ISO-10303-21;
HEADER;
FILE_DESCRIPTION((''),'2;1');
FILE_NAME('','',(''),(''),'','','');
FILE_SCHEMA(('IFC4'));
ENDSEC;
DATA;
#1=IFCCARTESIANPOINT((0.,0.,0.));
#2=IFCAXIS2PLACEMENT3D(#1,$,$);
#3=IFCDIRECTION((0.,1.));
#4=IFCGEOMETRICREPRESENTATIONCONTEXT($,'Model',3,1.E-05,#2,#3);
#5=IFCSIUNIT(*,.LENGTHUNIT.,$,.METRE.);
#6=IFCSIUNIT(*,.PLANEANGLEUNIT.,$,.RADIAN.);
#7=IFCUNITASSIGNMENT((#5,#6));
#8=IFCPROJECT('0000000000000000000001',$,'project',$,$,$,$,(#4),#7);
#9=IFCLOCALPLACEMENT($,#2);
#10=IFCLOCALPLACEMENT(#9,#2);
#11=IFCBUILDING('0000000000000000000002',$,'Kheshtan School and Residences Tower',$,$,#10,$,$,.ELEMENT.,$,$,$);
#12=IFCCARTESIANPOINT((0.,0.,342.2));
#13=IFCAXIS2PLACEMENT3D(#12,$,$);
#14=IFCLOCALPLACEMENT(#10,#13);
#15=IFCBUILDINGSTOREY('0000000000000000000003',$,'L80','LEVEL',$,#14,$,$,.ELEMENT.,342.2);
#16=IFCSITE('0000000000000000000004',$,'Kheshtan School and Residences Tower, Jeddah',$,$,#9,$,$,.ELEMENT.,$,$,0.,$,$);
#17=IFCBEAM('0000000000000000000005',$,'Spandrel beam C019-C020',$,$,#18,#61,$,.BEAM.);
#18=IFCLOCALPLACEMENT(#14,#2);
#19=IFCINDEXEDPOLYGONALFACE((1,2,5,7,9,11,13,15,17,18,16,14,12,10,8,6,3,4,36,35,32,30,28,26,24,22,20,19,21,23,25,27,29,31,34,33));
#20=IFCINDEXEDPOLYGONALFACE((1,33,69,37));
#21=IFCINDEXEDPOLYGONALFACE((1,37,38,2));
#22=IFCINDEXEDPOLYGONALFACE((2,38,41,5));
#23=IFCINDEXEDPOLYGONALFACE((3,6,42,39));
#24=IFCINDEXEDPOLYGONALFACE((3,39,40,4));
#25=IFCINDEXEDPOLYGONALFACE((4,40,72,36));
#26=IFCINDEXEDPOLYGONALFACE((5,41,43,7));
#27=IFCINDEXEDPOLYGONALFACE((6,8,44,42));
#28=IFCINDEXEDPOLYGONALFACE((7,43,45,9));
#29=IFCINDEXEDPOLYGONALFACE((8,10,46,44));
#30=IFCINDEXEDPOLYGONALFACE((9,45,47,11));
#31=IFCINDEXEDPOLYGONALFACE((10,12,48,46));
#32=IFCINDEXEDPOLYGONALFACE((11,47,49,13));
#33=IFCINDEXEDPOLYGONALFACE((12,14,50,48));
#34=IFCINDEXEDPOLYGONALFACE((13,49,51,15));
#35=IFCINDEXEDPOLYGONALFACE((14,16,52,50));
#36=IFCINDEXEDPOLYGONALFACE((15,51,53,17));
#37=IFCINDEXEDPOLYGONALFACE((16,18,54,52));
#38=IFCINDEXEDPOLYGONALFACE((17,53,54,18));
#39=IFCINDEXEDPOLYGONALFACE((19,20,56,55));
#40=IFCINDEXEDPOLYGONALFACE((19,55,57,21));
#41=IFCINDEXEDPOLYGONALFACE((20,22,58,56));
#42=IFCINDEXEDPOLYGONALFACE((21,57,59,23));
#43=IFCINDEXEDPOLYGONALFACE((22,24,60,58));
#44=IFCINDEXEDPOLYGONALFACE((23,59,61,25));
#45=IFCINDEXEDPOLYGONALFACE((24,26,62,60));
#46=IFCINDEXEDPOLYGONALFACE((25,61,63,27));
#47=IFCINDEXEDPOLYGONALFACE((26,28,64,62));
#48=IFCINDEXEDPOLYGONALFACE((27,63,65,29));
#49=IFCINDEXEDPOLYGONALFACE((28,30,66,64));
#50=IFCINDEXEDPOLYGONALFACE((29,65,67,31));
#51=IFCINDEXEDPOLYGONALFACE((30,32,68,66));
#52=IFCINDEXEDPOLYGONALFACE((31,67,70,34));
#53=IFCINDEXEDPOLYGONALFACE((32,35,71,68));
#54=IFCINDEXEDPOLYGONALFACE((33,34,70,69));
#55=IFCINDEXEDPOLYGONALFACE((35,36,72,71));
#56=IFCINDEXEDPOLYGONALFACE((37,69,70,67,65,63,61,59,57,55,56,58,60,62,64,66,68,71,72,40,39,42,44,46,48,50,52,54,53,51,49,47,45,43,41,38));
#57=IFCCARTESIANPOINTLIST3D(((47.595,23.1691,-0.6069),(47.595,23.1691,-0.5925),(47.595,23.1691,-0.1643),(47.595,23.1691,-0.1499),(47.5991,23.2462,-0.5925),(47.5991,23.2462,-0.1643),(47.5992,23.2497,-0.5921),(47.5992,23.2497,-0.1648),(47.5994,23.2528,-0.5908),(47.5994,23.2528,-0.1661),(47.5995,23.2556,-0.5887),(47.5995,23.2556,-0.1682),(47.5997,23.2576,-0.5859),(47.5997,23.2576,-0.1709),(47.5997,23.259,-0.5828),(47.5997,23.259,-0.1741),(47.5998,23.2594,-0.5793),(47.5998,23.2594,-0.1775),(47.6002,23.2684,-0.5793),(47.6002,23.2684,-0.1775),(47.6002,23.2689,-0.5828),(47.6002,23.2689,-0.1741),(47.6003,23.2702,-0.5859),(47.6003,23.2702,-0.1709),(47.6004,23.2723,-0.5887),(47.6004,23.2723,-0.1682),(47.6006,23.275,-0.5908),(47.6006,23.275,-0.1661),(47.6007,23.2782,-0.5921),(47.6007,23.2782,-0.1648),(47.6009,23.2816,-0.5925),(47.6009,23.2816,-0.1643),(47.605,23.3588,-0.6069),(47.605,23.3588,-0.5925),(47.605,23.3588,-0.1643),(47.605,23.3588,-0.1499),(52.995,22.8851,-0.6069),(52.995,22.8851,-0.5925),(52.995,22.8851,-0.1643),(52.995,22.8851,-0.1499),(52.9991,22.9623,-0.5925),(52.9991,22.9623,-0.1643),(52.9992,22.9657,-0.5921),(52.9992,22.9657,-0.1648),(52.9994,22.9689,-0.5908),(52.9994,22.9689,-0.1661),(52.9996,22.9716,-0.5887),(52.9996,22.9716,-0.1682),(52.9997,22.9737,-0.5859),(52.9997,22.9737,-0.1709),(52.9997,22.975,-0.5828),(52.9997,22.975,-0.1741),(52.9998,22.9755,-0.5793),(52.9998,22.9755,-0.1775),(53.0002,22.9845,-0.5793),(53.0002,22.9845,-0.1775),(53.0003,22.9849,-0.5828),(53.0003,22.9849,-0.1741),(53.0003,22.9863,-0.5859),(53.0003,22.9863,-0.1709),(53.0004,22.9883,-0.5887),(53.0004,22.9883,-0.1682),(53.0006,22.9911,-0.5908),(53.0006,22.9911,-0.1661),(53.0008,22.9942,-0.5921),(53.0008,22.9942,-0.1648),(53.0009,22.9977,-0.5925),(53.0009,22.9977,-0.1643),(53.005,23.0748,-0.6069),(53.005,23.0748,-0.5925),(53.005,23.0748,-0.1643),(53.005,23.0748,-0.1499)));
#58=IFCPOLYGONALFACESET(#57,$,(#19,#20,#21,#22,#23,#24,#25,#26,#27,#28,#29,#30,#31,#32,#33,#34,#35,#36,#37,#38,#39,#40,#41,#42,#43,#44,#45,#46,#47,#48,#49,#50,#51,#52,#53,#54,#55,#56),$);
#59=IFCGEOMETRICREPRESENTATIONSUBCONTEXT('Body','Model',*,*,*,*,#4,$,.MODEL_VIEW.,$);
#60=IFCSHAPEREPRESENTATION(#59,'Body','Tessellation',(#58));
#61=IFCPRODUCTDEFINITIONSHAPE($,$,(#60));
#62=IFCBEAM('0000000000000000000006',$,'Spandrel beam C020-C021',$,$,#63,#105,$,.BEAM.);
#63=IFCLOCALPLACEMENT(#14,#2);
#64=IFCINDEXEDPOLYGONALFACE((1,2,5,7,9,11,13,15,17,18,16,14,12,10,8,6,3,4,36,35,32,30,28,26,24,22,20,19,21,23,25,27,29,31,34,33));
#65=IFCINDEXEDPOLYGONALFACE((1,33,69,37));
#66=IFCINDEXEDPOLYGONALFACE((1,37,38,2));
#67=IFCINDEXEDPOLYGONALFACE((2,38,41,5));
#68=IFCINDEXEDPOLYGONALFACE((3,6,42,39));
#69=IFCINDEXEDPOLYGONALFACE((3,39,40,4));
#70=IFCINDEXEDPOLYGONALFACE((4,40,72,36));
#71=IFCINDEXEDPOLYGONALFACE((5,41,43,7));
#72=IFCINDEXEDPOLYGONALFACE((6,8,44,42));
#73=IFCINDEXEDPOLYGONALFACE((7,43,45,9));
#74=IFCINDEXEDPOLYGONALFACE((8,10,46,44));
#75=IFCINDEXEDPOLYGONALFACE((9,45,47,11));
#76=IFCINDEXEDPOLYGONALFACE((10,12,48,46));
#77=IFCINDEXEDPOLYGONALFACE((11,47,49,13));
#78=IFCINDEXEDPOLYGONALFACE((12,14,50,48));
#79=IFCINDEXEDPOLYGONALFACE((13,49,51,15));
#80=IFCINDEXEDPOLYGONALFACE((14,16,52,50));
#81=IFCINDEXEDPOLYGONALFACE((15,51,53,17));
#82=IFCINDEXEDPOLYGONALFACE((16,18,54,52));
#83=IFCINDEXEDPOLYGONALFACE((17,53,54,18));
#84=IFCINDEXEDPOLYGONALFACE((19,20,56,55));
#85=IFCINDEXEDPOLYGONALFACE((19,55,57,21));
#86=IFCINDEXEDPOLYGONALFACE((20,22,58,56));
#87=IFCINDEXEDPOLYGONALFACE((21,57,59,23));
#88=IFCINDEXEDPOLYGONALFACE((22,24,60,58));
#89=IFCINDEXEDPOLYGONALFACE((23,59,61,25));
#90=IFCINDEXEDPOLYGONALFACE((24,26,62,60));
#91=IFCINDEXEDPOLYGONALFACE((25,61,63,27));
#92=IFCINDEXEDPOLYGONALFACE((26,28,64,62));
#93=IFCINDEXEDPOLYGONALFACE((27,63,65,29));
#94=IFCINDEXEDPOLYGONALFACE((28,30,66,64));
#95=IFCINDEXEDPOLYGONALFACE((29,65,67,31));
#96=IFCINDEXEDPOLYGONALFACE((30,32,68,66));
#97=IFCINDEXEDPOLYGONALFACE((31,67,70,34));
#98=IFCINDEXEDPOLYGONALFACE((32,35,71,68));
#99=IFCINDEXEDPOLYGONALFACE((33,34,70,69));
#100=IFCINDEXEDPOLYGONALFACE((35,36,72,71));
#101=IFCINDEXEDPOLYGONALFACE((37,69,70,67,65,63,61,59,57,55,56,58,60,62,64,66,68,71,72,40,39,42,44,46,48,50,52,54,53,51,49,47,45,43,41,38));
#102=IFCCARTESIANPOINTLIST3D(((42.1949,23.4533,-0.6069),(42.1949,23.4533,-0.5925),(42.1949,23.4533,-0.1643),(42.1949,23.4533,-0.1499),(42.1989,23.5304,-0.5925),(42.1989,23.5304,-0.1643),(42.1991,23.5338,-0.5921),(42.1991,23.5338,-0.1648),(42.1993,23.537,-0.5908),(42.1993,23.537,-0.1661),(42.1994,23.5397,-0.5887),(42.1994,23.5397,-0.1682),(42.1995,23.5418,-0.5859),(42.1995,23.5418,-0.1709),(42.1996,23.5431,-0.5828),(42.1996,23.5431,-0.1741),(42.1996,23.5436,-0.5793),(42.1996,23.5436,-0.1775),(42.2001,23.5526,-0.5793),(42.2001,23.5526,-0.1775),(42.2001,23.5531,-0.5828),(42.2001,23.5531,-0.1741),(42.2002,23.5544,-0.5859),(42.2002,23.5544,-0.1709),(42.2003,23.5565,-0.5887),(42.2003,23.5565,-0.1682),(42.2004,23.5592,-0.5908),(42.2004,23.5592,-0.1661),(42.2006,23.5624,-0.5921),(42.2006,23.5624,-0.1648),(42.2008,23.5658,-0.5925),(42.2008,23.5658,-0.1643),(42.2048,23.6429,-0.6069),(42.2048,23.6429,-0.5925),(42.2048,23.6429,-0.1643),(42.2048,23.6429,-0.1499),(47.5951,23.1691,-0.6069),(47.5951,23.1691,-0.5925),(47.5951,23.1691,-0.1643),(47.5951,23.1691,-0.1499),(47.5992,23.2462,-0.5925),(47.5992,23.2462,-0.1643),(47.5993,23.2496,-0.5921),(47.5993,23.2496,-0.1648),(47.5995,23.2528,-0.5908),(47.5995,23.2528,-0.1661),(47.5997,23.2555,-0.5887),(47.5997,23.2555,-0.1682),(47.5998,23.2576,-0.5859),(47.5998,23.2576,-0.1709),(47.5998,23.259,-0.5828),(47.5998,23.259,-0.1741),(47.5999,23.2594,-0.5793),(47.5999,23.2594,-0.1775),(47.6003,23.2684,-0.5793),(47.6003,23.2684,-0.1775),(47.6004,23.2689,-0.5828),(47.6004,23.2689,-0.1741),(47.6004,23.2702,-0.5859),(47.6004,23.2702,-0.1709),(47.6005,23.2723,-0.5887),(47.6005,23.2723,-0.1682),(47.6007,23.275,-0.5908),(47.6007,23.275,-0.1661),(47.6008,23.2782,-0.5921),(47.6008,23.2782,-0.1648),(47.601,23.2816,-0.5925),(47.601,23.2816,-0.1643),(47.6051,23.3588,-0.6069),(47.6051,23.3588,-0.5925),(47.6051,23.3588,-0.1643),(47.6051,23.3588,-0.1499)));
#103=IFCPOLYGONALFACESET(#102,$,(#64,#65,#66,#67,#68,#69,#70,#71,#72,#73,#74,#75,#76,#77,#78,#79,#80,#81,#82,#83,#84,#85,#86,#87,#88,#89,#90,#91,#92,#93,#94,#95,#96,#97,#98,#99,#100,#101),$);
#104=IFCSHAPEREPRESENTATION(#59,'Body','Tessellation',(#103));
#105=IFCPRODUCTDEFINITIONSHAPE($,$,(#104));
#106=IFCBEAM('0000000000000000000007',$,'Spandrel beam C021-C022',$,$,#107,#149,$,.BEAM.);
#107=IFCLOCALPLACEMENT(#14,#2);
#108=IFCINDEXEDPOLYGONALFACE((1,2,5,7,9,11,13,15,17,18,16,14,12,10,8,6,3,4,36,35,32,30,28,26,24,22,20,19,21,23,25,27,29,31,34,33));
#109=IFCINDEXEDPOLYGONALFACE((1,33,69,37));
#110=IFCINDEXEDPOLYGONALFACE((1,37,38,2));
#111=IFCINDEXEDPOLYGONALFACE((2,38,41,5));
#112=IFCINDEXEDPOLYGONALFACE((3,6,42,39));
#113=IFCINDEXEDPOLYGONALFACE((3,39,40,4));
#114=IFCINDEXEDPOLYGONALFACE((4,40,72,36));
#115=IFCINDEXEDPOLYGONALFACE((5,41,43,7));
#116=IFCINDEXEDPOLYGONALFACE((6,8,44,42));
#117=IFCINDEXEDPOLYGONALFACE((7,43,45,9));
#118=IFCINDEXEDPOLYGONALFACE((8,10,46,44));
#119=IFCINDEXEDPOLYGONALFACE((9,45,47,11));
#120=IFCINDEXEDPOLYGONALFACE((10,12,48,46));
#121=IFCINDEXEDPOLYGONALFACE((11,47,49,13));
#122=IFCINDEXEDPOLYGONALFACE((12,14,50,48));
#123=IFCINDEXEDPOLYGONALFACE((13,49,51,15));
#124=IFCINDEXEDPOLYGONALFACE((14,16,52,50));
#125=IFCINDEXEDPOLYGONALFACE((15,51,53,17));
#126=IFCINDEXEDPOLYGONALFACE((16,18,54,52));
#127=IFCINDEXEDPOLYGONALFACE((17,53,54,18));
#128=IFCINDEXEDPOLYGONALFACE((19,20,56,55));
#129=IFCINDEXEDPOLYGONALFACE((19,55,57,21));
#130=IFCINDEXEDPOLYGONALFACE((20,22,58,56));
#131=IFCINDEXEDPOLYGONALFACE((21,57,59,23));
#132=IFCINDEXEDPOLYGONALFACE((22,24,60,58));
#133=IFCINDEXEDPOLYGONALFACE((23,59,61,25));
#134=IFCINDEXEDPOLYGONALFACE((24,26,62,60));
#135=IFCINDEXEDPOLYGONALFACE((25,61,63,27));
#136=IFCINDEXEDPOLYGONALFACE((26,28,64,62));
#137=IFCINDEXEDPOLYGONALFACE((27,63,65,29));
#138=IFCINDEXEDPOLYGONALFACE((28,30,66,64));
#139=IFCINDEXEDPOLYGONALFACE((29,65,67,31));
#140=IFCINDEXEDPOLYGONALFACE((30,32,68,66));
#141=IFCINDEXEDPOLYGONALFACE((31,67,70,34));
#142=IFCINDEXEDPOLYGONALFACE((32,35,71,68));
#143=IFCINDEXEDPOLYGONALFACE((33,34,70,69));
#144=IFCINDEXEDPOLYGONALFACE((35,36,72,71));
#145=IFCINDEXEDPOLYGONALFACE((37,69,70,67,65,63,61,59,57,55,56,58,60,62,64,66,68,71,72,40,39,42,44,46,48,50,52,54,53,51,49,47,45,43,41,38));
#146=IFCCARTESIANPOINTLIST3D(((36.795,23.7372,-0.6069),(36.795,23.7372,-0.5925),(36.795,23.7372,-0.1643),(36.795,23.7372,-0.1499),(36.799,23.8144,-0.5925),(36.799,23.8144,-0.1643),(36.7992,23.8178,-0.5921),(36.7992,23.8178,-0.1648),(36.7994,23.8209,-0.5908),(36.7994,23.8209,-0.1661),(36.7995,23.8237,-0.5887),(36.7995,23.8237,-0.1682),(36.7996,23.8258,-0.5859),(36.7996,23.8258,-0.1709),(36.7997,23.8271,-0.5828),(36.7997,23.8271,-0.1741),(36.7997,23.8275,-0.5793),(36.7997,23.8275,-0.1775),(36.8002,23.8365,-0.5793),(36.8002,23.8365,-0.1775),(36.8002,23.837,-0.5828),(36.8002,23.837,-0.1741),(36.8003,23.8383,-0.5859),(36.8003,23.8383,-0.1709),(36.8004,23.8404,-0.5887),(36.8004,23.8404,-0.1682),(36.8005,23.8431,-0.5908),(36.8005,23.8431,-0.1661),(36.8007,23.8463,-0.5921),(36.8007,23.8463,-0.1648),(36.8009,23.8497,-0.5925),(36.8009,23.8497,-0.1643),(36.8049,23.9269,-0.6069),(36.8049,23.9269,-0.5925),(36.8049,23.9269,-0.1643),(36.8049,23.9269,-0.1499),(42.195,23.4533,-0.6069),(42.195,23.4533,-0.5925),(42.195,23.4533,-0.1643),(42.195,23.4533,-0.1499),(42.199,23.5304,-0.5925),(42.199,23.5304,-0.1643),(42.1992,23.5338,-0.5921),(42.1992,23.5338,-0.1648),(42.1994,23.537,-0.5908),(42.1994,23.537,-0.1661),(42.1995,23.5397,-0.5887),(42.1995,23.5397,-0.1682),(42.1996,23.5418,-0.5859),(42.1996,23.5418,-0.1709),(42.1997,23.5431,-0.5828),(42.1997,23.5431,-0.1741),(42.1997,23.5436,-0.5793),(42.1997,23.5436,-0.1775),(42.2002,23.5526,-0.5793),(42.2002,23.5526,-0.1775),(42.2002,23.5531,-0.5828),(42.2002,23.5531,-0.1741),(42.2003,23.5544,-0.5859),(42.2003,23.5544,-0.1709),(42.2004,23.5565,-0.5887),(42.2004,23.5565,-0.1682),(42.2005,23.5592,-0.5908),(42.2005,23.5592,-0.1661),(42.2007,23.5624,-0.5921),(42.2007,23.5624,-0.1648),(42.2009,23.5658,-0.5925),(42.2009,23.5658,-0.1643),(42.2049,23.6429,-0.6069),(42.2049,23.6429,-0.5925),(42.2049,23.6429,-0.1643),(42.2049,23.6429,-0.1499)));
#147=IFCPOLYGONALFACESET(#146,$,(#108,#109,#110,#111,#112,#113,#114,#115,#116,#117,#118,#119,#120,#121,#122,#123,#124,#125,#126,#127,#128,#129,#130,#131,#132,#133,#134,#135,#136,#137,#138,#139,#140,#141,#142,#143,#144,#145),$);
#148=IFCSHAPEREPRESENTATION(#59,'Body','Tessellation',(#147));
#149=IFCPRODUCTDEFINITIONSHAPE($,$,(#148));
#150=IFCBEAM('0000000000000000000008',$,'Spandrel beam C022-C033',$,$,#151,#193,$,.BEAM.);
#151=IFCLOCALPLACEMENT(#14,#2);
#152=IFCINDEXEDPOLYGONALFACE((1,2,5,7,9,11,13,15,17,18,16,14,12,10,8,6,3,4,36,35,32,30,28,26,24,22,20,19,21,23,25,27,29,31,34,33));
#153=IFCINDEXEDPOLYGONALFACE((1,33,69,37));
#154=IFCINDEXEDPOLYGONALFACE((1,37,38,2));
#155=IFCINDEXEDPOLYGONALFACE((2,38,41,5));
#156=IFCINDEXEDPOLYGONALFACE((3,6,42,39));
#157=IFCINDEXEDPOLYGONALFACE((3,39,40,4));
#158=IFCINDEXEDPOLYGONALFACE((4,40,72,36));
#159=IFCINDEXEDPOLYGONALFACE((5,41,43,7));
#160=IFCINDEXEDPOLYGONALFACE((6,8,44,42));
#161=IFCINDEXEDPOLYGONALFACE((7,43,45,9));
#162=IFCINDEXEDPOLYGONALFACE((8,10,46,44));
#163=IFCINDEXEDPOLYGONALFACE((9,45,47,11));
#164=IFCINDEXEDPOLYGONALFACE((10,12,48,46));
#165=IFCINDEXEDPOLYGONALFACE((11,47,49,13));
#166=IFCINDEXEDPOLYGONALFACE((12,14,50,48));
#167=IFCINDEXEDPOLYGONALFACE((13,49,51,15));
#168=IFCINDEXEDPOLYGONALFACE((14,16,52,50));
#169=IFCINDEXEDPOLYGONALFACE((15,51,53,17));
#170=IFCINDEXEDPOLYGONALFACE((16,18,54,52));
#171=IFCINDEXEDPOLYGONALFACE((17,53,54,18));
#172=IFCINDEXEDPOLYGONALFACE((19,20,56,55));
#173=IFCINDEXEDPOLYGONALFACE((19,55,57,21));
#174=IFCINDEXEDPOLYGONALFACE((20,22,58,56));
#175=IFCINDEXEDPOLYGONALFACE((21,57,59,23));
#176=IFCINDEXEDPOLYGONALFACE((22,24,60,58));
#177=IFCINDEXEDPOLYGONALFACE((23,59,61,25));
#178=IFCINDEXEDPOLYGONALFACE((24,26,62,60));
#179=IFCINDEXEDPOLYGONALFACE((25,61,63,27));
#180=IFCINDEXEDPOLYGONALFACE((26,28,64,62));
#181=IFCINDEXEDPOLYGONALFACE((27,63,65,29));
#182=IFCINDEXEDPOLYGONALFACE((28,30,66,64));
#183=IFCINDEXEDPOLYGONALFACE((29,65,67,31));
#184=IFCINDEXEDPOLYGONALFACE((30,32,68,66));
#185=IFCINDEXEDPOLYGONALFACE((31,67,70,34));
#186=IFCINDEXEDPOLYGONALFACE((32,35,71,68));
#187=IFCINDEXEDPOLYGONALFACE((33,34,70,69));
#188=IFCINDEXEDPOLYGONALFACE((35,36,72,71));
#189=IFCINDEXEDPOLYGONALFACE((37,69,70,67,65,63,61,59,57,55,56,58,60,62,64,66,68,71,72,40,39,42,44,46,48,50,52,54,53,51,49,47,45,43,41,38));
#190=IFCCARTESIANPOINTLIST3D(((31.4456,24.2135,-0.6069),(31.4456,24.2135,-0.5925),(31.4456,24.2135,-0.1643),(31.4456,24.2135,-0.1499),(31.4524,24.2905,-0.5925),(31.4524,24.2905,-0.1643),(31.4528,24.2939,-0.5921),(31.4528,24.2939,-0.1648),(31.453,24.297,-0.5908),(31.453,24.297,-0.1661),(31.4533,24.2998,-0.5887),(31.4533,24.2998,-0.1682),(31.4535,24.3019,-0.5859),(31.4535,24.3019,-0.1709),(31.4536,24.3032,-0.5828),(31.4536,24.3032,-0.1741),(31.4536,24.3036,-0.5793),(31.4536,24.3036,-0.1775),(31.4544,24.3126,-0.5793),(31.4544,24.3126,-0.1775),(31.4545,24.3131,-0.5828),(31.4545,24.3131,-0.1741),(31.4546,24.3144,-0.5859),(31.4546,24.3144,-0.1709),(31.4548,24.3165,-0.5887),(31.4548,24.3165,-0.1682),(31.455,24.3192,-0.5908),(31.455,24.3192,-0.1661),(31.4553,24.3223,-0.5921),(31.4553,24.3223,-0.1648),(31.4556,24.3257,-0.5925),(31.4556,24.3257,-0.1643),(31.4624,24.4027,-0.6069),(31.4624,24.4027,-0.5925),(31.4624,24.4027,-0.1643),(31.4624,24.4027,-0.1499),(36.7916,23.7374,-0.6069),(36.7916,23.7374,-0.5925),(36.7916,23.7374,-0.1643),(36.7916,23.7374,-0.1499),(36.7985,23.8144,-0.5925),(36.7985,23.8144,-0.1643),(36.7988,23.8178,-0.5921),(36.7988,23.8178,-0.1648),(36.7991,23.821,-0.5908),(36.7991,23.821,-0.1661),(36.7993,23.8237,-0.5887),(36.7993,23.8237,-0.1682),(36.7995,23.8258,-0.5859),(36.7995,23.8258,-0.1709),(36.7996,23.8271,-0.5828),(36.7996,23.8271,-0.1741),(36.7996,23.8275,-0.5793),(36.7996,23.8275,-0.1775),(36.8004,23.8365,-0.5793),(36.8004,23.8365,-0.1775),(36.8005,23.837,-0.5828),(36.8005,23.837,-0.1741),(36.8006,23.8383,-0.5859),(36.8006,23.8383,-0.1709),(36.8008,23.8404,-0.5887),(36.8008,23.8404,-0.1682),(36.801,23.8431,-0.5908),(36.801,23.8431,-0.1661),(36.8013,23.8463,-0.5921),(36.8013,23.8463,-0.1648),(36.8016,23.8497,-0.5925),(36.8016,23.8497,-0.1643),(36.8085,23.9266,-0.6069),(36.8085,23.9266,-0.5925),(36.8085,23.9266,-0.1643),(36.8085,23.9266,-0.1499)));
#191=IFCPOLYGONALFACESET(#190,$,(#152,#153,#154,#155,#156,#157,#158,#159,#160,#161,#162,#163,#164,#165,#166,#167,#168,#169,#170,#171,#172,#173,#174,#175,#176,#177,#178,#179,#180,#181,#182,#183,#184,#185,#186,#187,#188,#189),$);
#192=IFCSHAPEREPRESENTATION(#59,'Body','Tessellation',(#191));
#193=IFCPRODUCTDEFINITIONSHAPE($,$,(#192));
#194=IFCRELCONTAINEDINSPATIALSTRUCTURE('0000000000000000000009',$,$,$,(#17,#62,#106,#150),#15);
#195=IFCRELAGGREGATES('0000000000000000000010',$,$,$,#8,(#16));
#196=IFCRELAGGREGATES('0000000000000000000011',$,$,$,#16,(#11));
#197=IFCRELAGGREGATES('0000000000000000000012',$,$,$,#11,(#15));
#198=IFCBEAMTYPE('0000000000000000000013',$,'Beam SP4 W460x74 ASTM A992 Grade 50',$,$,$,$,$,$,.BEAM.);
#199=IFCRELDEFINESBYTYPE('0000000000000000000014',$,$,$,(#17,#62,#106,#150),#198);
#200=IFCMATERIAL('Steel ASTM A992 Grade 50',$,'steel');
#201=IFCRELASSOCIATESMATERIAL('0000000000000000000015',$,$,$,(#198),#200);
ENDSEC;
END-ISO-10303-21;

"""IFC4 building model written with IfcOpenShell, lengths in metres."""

from ifc_helpers import new_model, si_unit, direction, frame, origin, origin_2d, place, context, subcontext, project, spatial, i_section, extrude, material, material_profile, profile_set, type_object, element, save


model = new_model("IFC4")

# Units and contexts
model_context = context("Model", 3, precision=1e-05, world=origin(), true_north=direction((0.0, 1.0)))
body_context = subcontext(model_context, "Body", "Model", "MODEL_VIEW")
ifc_project = project(units=[si_unit("LENGTHUNIT", "METRE"), si_unit("PLANEANGLEUNIT", "RADIAN")], contexts=[model_context])

# Site, building, storey
site_placement = place(None, origin())
site = spatial("IfcSite", under=ifc_project, at=site_placement, Name="Kheshtan School and Residences Tower, Jeddah", CompositionType="ELEMENT", RefElevation=0.0)
building_placement = place(site_placement, origin())
building = spatial("IfcBuilding", under=site, at=building_placement, Name="Kheshtan School and Residences Tower", CompositionType="ELEMENT")
storey_placement = place(building_placement, frame((0.0, 0.0, 342.2)))
storey = spatial("IfcBuildingStorey", under=building, at=storey_placement, Name="L80", Description="LEVEL", CompositionType="ELEMENT", Elevation=342.2)

# Shared definitions
ifc_material_1 = material(Name="Steel ASTM A992 Grade 50", Category="steel")

# Beams
ifc_material_profile_1 = material_profile(ifc_material_1, i_section(OverallWidth=0.1899, OverallDepth=0.457, WebThickness=0.009, FlangeThickness=0.0144, FilletRadius=0.0132, at=origin_2d()), Name="W460x74")
ifc_profile_set_1 = profile_set([ifc_material_profile_1], Name="Steel ASTM A992 Grade 50")
beam_type_1 = type_object("IfcBeamType", Name="Beam SP4 W460x74 ASTM A992 Grade 50", PredefinedType="BEAM", material=ifc_profile_set_1)
beam_1_placement = place(storey_placement, frame((53.0, 22.98, -0.3784), z_axis=(-0.99862, 0.052509, 0.0), x_axis=(-0.052509, -0.99862, 0.0)))
element("IfcBeam", 1, at=beam_1_placement, inside=storey, type_object=beam_type_1, Name="Spandrel beam C019-C020", PredefinedType="BEAM", context=body_context, shape_type="SweptSolid", body=[
    extrude(i_section(OverallWidth=0.1899, OverallDepth=0.457, WebThickness=0.009, FlangeThickness=0.0144, FilletRadius=0.0132, at=origin_2d()), origin(), (0.0, 0.0, 1.0), 5.4075),
])
beam_2_placement = place(storey_placement, frame((47.6001, 23.2639, -0.3784), z_axis=(-0.998618, 0.052552, 0.0), x_axis=(-0.052552, -0.998618, 0.0)))
element("IfcBeam", 2, at=beam_2_placement, inside=storey, type_object=beam_type_1, Name="Spandrel beam C020-C021", PredefinedType="BEAM", context=body_context, shape_type="SweptSolid", body=[
    extrude(i_section(OverallWidth=0.1899, OverallDepth=0.457, WebThickness=0.009, FlangeThickness=0.0144, FilletRadius=0.0132, at=origin_2d()), origin(), (0.0, 0.0, 1.0), 5.4077),
])
beam_3_placement = place(storey_placement, frame((42.2, 23.5481, -0.3784), z_axis=(-0.99862, 0.052509, 0.0), x_axis=(-0.052509, -0.99862, 0.0)))
element("IfcBeam", 3, at=beam_3_placement, inside=storey, type_object=beam_type_1, Name="Spandrel beam C021-C022", PredefinedType="BEAM", context=body_context, shape_type="SweptSolid", body=[
    extrude(i_section(OverallWidth=0.1899, OverallDepth=0.457, WebThickness=0.009, FlangeThickness=0.0144, FilletRadius=0.0132, at=origin_2d()), origin(), (0.0, 0.0, 1.0), 5.4075),
])
beam_4_placement = place(storey_placement, frame((36.8, 23.832, -0.3784), z_axis=(-0.996058, 0.088702, 0.0), x_axis=(-0.088702, -0.996058, 0.0)))
element("IfcBeam", 4, at=beam_4_placement, inside=storey, type_object=beam_type_1, Name="Spandrel beam C022-C033", PredefinedType="BEAM", context=body_context, shape_type="SweptSolid", body=[
    extrude(i_section(OverallWidth=0.1899, OverallDepth=0.457, WebThickness=0.009, FlangeThickness=0.0144, FilletRadius=0.0132, at=origin_2d()), origin(), (0.0, 0.0, 1.0), 5.3672),
])

save(model, "model.ifc")
